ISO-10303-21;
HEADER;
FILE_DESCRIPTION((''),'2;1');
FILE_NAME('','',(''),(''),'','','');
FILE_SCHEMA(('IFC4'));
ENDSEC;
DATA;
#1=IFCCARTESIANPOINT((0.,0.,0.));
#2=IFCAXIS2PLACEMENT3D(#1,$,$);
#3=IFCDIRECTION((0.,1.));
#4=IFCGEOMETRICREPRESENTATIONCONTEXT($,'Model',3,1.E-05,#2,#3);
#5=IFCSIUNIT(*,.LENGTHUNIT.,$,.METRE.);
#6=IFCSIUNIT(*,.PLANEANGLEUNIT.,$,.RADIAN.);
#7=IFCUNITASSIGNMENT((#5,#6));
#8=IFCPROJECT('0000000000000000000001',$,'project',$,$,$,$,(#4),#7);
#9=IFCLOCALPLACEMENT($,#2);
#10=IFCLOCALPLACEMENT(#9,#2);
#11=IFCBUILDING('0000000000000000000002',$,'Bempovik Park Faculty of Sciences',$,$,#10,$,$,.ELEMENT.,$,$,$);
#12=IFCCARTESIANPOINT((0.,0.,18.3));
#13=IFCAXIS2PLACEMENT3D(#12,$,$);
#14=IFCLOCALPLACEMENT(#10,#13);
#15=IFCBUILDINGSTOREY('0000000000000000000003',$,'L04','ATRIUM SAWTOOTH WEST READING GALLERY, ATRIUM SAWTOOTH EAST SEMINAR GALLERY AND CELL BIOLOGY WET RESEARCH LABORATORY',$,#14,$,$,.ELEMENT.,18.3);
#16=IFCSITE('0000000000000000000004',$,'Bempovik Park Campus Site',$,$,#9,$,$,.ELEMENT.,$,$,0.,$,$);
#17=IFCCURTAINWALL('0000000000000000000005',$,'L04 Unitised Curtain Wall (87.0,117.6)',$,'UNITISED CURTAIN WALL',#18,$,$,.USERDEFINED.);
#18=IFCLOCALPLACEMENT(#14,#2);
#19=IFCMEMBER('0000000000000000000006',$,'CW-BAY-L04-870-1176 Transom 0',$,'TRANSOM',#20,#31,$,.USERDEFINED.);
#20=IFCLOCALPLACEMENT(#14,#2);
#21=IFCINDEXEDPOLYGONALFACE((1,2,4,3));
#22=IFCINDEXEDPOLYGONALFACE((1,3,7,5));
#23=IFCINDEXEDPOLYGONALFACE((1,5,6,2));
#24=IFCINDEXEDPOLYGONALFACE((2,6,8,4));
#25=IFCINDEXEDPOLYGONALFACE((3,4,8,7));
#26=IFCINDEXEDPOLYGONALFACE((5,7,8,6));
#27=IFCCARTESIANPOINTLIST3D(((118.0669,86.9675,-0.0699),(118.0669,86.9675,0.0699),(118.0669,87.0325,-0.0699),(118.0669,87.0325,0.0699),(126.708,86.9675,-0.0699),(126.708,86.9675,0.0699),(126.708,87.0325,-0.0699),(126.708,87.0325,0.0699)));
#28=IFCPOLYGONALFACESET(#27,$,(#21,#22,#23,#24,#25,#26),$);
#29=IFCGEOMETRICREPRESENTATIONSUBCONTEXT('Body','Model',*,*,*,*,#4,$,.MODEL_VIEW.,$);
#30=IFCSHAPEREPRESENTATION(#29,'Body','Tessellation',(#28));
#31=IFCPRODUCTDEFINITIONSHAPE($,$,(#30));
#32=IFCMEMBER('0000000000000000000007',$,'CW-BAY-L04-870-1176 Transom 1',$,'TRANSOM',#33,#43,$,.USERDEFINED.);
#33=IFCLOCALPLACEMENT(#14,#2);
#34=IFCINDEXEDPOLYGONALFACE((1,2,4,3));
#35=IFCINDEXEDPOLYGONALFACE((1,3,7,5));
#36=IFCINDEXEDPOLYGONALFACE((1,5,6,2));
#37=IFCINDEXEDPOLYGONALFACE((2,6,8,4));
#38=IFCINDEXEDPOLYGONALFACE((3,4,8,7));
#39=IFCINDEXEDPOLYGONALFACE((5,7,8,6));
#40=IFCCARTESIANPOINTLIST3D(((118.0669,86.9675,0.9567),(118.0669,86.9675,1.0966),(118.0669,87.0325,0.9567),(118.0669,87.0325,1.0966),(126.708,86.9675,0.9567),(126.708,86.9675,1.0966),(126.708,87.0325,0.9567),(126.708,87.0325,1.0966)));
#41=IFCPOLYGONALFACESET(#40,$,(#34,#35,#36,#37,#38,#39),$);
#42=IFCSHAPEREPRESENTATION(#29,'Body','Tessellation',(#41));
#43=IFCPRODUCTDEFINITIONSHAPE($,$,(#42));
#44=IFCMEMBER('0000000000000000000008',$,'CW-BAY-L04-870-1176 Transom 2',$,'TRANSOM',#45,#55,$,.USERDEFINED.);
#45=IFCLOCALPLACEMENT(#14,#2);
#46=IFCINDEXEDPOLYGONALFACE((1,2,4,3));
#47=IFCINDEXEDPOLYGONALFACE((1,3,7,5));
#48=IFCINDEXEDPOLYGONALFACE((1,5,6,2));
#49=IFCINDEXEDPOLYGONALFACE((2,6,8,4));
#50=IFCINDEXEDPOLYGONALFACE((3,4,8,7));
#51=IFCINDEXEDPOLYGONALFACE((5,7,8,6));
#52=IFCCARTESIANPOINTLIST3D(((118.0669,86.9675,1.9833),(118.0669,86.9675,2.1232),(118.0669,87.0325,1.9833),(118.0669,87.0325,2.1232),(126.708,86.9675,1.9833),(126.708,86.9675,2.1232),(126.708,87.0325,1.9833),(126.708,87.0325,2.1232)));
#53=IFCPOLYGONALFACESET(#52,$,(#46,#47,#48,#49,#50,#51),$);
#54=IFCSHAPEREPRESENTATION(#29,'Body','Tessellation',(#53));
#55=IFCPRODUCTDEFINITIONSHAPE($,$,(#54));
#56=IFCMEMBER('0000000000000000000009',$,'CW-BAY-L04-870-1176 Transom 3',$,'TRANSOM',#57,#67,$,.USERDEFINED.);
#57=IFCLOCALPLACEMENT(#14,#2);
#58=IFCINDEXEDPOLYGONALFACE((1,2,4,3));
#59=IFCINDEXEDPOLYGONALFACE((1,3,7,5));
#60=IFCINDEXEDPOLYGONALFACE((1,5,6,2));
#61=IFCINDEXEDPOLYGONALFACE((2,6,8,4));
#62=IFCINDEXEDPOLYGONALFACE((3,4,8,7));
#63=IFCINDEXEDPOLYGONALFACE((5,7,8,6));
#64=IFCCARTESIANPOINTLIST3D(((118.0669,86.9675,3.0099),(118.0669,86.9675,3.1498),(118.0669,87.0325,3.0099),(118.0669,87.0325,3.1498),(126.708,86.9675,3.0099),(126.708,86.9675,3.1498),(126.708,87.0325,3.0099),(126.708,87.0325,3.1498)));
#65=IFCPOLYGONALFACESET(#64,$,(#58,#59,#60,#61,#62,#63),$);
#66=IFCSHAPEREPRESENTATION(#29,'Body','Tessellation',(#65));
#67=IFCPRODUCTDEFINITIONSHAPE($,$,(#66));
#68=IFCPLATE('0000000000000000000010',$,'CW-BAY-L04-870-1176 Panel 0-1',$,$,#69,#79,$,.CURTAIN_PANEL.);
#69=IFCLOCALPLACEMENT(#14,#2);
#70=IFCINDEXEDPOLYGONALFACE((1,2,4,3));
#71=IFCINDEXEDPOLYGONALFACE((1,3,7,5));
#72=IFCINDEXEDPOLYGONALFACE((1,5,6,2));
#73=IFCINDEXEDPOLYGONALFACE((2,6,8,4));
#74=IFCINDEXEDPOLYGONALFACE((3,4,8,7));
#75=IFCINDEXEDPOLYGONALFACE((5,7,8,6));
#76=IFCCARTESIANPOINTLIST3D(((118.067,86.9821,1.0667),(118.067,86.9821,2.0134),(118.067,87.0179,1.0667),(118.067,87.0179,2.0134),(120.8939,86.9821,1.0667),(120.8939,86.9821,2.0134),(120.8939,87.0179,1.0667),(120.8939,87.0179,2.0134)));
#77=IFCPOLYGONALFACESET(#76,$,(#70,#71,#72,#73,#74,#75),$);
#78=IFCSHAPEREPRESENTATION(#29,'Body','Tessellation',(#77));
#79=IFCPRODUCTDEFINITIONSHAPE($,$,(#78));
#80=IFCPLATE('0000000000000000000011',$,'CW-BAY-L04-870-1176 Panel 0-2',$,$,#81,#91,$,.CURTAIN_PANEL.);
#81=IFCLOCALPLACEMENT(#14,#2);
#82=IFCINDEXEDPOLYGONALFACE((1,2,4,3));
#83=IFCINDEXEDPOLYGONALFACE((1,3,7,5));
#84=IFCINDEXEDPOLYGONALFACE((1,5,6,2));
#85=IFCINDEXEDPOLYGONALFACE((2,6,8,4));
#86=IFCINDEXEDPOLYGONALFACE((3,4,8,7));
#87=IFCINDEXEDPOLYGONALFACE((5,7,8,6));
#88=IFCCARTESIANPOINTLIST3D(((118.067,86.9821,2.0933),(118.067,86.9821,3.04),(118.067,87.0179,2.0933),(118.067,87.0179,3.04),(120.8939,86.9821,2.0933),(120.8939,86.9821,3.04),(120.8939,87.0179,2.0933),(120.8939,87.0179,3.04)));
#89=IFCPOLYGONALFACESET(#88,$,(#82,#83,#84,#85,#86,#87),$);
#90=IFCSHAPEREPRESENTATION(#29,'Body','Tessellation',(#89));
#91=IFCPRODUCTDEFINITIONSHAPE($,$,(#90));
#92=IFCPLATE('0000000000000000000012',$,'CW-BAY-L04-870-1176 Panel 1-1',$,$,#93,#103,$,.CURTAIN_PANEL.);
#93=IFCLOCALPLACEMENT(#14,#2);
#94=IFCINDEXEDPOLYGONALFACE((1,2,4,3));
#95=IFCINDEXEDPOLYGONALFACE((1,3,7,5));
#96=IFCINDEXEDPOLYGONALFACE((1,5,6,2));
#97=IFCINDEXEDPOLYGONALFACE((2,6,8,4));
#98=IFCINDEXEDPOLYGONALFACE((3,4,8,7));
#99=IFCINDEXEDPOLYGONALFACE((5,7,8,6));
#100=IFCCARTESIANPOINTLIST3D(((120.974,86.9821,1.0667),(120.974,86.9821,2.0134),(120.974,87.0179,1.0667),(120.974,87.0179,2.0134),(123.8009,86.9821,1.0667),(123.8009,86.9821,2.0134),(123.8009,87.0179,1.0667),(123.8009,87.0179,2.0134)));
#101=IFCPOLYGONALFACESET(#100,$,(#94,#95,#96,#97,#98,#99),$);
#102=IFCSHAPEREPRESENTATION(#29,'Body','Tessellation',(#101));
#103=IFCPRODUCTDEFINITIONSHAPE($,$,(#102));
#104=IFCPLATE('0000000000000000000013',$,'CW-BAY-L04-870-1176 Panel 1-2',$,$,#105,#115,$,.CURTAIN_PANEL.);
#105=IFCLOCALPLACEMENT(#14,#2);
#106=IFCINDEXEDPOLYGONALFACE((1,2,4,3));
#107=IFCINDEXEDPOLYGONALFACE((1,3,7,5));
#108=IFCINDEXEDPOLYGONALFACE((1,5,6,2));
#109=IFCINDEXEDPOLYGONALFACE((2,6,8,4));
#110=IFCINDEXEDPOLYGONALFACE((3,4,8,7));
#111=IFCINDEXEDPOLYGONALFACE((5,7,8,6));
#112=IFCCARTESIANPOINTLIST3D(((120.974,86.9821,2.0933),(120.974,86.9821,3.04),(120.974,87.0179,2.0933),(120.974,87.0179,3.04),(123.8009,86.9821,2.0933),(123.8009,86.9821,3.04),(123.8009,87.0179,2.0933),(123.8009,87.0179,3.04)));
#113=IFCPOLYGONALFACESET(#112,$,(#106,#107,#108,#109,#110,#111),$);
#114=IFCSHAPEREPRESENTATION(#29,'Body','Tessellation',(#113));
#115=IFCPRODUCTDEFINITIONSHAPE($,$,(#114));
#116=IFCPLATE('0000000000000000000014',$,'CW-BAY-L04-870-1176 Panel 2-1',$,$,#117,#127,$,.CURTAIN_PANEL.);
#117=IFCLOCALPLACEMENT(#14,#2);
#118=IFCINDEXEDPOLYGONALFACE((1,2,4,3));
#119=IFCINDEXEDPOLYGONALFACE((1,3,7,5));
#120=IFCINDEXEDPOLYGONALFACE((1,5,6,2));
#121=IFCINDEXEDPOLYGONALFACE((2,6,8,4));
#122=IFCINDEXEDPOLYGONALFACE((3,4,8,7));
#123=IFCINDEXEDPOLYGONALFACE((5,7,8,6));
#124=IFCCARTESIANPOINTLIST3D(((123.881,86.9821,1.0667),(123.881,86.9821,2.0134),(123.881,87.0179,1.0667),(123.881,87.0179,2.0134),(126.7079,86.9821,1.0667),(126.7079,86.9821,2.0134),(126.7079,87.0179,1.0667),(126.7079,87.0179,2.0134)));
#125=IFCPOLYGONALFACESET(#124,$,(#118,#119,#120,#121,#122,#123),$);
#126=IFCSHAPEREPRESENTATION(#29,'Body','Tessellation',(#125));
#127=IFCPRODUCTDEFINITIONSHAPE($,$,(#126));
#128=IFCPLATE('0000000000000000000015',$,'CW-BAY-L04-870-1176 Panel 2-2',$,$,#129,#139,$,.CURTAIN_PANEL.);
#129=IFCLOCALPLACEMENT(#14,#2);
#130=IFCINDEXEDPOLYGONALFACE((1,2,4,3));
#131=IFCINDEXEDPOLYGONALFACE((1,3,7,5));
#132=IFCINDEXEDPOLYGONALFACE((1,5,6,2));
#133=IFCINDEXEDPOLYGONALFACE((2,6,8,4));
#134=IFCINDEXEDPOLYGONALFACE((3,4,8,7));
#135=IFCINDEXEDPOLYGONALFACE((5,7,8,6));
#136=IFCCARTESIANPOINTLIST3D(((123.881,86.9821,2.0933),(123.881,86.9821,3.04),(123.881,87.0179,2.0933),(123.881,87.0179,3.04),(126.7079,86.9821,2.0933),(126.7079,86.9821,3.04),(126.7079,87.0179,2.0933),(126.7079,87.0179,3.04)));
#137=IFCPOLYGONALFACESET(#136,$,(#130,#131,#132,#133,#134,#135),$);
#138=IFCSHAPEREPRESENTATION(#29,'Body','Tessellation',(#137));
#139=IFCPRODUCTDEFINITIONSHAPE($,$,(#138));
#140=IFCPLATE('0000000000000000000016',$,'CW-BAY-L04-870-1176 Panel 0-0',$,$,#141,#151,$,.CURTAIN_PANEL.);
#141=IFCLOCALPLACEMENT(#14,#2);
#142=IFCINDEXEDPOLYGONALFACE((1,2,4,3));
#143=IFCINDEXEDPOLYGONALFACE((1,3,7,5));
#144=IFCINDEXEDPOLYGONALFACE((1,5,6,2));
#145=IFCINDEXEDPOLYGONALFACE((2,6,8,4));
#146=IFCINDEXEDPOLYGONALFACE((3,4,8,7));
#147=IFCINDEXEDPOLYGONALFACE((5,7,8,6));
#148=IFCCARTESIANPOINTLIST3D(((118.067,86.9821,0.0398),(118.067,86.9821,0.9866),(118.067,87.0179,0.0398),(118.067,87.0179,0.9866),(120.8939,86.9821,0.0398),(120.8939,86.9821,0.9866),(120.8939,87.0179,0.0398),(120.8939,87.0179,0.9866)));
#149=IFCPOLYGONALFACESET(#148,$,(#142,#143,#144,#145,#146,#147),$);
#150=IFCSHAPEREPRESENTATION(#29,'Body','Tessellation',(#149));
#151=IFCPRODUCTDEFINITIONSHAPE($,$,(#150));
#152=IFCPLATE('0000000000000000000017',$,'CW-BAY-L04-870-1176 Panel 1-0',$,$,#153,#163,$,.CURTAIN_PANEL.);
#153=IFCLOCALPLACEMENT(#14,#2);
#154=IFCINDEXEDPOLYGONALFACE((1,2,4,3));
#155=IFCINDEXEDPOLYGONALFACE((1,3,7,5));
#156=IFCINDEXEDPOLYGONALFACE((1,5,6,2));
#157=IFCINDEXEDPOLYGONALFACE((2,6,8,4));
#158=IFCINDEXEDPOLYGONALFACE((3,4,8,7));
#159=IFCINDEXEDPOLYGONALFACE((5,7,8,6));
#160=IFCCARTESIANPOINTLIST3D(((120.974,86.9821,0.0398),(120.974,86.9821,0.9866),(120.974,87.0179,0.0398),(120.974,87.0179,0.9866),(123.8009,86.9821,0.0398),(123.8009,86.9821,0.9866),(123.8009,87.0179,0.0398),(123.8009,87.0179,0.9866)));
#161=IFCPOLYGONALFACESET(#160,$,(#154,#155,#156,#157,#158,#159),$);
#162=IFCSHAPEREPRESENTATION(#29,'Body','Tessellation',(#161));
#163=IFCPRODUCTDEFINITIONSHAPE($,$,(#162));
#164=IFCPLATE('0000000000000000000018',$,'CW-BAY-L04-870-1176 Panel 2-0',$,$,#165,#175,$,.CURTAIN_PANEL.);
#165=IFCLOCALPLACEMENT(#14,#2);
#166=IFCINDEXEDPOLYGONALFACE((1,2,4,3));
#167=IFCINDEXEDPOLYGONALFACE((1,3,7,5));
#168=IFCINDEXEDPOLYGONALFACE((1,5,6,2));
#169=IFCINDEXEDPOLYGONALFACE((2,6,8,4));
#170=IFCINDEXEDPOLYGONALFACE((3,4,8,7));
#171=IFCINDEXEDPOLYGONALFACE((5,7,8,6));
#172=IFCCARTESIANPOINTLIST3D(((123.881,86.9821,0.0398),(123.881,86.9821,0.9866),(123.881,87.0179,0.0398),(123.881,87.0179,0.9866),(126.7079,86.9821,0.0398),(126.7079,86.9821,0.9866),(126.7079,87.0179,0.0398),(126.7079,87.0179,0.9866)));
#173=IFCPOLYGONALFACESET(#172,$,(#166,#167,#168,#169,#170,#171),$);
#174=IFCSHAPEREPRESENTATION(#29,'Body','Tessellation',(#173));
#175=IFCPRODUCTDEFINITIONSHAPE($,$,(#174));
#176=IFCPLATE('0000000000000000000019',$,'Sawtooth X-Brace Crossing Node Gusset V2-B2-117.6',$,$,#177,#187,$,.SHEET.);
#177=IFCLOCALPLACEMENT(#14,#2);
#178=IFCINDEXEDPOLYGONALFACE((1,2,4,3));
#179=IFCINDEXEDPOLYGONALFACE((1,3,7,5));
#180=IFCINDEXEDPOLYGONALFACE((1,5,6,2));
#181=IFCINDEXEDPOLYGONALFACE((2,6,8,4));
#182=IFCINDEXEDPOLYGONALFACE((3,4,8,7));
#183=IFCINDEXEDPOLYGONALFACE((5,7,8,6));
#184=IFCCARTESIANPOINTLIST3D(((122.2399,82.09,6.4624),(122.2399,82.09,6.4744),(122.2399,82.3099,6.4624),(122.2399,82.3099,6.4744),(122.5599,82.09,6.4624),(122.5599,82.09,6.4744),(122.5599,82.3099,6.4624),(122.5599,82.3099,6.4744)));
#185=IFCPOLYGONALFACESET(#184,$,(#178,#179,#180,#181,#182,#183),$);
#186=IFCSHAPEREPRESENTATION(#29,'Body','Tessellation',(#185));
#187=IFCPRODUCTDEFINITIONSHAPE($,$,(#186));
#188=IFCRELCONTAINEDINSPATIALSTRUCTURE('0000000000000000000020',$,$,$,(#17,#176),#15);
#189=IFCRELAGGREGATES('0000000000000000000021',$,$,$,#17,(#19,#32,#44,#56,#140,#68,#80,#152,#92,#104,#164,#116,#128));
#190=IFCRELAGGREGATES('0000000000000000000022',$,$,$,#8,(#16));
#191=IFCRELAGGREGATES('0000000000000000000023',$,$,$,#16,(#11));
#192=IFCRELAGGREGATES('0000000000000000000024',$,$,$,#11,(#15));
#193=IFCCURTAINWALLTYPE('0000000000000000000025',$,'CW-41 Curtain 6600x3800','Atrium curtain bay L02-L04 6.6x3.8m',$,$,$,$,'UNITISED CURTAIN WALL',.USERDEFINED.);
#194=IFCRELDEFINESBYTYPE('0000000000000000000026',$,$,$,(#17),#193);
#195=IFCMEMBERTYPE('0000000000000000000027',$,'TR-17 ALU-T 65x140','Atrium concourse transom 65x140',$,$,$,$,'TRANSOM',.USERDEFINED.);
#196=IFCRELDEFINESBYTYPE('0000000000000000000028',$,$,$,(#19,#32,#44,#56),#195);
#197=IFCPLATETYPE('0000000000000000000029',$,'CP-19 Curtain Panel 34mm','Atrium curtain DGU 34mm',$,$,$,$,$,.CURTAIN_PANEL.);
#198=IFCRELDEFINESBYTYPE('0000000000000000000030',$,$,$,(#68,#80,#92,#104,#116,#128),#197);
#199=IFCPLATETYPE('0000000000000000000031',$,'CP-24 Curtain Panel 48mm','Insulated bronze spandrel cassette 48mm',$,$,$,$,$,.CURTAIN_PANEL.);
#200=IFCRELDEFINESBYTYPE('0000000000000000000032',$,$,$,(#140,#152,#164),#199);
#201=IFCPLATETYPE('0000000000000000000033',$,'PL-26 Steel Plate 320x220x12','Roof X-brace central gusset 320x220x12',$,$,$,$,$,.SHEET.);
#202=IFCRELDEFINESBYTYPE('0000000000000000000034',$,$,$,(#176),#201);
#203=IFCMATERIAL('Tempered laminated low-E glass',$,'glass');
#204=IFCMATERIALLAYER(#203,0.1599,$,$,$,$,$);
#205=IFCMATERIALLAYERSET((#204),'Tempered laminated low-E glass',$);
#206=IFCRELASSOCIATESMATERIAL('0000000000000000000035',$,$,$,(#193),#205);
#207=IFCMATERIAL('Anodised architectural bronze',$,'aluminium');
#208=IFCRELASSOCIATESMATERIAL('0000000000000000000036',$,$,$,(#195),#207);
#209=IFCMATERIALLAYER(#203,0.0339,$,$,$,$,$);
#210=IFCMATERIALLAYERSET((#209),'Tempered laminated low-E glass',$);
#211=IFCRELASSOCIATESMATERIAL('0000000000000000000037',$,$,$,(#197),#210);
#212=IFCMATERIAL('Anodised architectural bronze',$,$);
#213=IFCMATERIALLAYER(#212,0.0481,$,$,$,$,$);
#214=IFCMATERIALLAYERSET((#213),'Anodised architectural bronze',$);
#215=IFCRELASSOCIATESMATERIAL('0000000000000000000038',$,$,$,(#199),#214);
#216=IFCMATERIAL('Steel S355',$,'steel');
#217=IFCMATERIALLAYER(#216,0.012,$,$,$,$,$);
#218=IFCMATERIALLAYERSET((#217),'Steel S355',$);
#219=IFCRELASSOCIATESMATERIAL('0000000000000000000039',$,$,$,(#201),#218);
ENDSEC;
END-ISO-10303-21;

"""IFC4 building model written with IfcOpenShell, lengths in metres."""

from ifc_helpers import new_model, si_unit, direction, frame, origin, origin_2d, place, context, subcontext, project, spatial, rectangle, extrude, material, layer, layer_set, material_profile, profile_set, type_object, element, aggregate, save


model = new_model("IFC4")

# Units and contexts
model_context = context("Model", 3, precision=1e-05, world=origin(), true_north=direction((0.0, 1.0)))
body_context = subcontext(model_context, "Body", "Model", "MODEL_VIEW")
ifc_project = project(units=[si_unit("LENGTHUNIT", "METRE"), si_unit("PLANEANGLEUNIT", "RADIAN")], contexts=[model_context])

# Site, building, storey
site_placement = place(None, origin())
site = spatial("IfcSite", under=ifc_project, at=site_placement, Name="Bempovik Park Campus Site", CompositionType="ELEMENT", RefElevation=0.0)
building_placement = place(site_placement, origin())
building = spatial("IfcBuilding", under=site, at=building_placement, Name="Bempovik Park Faculty of Sciences", CompositionType="ELEMENT")
storey_placement = place(building_placement, frame((0.0, 0.0, 18.3)))
storey = spatial("IfcBuildingStorey", under=building, at=storey_placement, Name="L04", Description="ATRIUM SAWTOOTH WEST READING GALLERY, ATRIUM SAWTOOTH EAST SEMINAR GALLERY AND CELL BIOLOGY WET RESEARCH LABORATORY", CompositionType="ELEMENT", Elevation=18.3)

# Shared definitions
ifc_material_1 = material(Name="Steel S355", Category="steel")

# Curtain wall, members, plates
ifc_material_2 = material(Name="Tempered laminated low-E glass", Category="glass")
ifc_layer_1 = layer(ifc_material_2, 0.1599)
ifc_layer_set_1 = layer_set([ifc_layer_1], Name="Tempered laminated low-E glass")
curtain_wall_type = type_object("IfcCurtainWallType", Name="CW-41 Curtain 6600x3800", Description="Atrium curtain bay L02-L04 6.6x3.8m", ElementType="UNITISED CURTAIN WALL", PredefinedType="USERDEFINED", material=ifc_layer_set_1)
curtain_wall_placement = place(storey_placement, origin())
curtain_wall = element("IfcCurtainWall", 1, at=curtain_wall_placement, inside=storey, type_object=curtain_wall_type, Name="L04 Unitised Curtain Wall (87.0,117.6)", ObjectType="UNITISED CURTAIN WALL", PredefinedType="USERDEFINED")
ifc_material_3 = material(Name="Anodised architectural bronze", Category="aluminium")
ifc_material_profile_1 = material_profile(ifc_material_3, rectangle(XDim=0.0649, YDim=0.1399, at=origin_2d()), Name="ALU-T 65x140")
ifc_profile_set_1 = profile_set([ifc_material_profile_1], Name="Anodised architectural bronze")
member_type_1 = type_object("IfcMemberType", Name="TR-17 ALU-T 65x140", Description="Atrium concourse transom 65x140", ElementType="TRANSOM", PredefinedType="USERDEFINED", material=ifc_profile_set_1)
member_1_placement = place(storey_placement, frame((118.0669, 87.0, 0.0), z_axis=(1.0, 0.0, 0.0), x_axis=(0.0, 1.0, 0.0)))
member_1 = element("IfcMember", 2, at=member_1_placement, type_object=member_type_1, Name="CW-BAY-L04-870-1176 Transom 0", ObjectType="TRANSOM", PredefinedType="USERDEFINED", context=body_context, shape_type="SweptSolid", body=[
    extrude(rectangle(XDim=0.0649, YDim=0.1399, at=origin_2d()), origin(), (0.0, 0.0, 1.0), 8.6411),
])
member_2_placement = place(storey_placement, frame((118.0669, 87.0, 1.0266), z_axis=(1.0, 0.0, 0.0), x_axis=(0.0, 1.0, 0.0)))
member_2 = element("IfcMember", 3, at=member_2_placement, type_object=member_type_1, Name="CW-BAY-L04-870-1176 Transom 1", ObjectType="TRANSOM", PredefinedType="USERDEFINED", context=body_context, shape_type="SweptSolid", body=[
    extrude(rectangle(XDim=0.0649, YDim=0.1399, at=origin_2d()), origin(), (0.0, 0.0, 1.0), 8.6411),
])
member_3_placement = place(storey_placement, frame((118.0669, 87.0, 2.0532), z_axis=(1.0, 0.0, 0.0), x_axis=(0.0, 1.0, 0.0)))
member_3 = element("IfcMember", 4, at=member_3_placement, type_object=member_type_1, Name="CW-BAY-L04-870-1176 Transom 2", ObjectType="TRANSOM", PredefinedType="USERDEFINED", context=body_context, shape_type="SweptSolid", body=[
    extrude(rectangle(XDim=0.0649, YDim=0.1399, at=origin_2d()), origin(), (0.0, 0.0, 1.0), 8.6411),
])
member_4_placement = place(storey_placement, frame((118.0669, 87.0, 3.0798), z_axis=(1.0, 0.0, 0.0), x_axis=(0.0, 1.0, 0.0)))
member_4 = element("IfcMember", 5, at=member_4_placement, type_object=member_type_1, Name="CW-BAY-L04-870-1176 Transom 3", ObjectType="TRANSOM", PredefinedType="USERDEFINED", context=body_context, shape_type="SweptSolid", body=[
    extrude(rectangle(XDim=0.0649, YDim=0.1399, at=origin_2d()), origin(), (0.0, 0.0, 1.0), 8.6411),
])
ifc_layer_2 = layer(ifc_material_2, 0.0339)
ifc_layer_set_2 = layer_set([ifc_layer_2], Name="Tempered laminated low-E glass")
plate_type_1 = type_object("IfcPlateType", Name="CP-19 Curtain Panel 34mm", Description="Atrium curtain DGU 34mm", PredefinedType="CURTAIN_PANEL", material=ifc_layer_set_2)
plate_1_placement = place(storey_placement, frame((119.4805, 87.0, 1.0667), z_axis=(0.0, 0.0, 1.0), x_axis=(1.0, 0.0, 0.0)))
plate_1 = element("IfcPlate", 6, at=plate_1_placement, type_object=plate_type_1, Name="CW-BAY-L04-870-1176 Panel 0-1", PredefinedType="CURTAIN_PANEL", context=body_context, shape_type="SweptSolid", body=[
    extrude(rectangle(XDim=2.8269, YDim=0.0359, at=origin_2d()), origin(), (0.0, 0.0, 1.0), 0.9468),
])
plate_2_placement = place(storey_placement, frame((119.4805, 87.0, 2.0933), z_axis=(0.0, 0.0, 1.0), x_axis=(1.0, 0.0, 0.0)))
plate_2 = element("IfcPlate", 7, at=plate_2_placement, type_object=plate_type_1, Name="CW-BAY-L04-870-1176 Panel 0-2", PredefinedType="CURTAIN_PANEL", context=body_context, shape_type="SweptSolid", body=[
    extrude(rectangle(XDim=2.8269, YDim=0.0359, at=origin_2d()), origin(), (0.0, 0.0, 1.0), 0.9468),
])
plate_3_placement = place(storey_placement, frame((122.3875, 87.0, 1.0667), z_axis=(0.0, 0.0, 1.0), x_axis=(1.0, 0.0, 0.0)))
plate_3 = element("IfcPlate", 8, at=plate_3_placement, type_object=plate_type_1, Name="CW-BAY-L04-870-1176 Panel 1-1", PredefinedType="CURTAIN_PANEL", context=body_context, shape_type="SweptSolid", body=[
    extrude(rectangle(XDim=2.8269, YDim=0.0359, at=origin_2d()), origin(), (0.0, 0.0, 1.0), 0.9468),
])
plate_4_placement = place(storey_placement, frame((122.3875, 87.0, 2.0933), z_axis=(0.0, 0.0, 1.0), x_axis=(1.0, 0.0, 0.0)))
plate_4 = element("IfcPlate", 9, at=plate_4_placement, type_object=plate_type_1, Name="CW-BAY-L04-870-1176 Panel 1-2", PredefinedType="CURTAIN_PANEL", context=body_context, shape_type="SweptSolid", body=[
    extrude(rectangle(XDim=2.8269, YDim=0.0359, at=origin_2d()), origin(), (0.0, 0.0, 1.0), 0.9468),
])
plate_5_placement = place(storey_placement, frame((125.2944, 87.0, 1.0667), z_axis=(0.0, 0.0, 1.0), x_axis=(1.0, 0.0, 0.0)))
plate_5 = element("IfcPlate", 10, at=plate_5_placement, type_object=plate_type_1, Name="CW-BAY-L04-870-1176 Panel 2-1", PredefinedType="CURTAIN_PANEL", context=body_context, shape_type="SweptSolid", body=[
    extrude(rectangle(XDim=2.8269, YDim=0.0359, at=origin_2d()), origin(), (0.0, 0.0, 1.0), 0.9468),
])
plate_6_placement = place(storey_placement, frame((125.2944, 87.0, 2.0933), z_axis=(0.0, 0.0, 1.0), x_axis=(1.0, 0.0, 0.0)))
plate_6 = element("IfcPlate", 11, at=plate_6_placement, type_object=plate_type_1, Name="CW-BAY-L04-870-1176 Panel 2-2", PredefinedType="CURTAIN_PANEL", context=body_context, shape_type="SweptSolid", body=[
    extrude(rectangle(XDim=2.8269, YDim=0.0359, at=origin_2d()), origin(), (0.0, 0.0, 1.0), 0.9468),
])
ifc_material_4 = material(Name="Anodised architectural bronze")
ifc_layer_3 = layer(ifc_material_4, 0.0481)
ifc_layer_set_3 = layer_set([ifc_layer_3], Name="Anodised architectural bronze")
plate_type_2 = type_object("IfcPlateType", Name="CP-24 Curtain Panel 48mm", Description="Insulated bronze spandrel cassette 48mm", PredefinedType="CURTAIN_PANEL", material=ifc_layer_set_3)
plate_7_placement = place(storey_placement, frame((119.4805, 87.0, 0.0398), z_axis=(0.0, 0.0, 1.0), x_axis=(1.0, 0.0, 0.0)))
plate_7 = element("IfcPlate", 12, at=plate_7_placement, type_object=plate_type_2, Name="CW-BAY-L04-870-1176 Panel 0-0", PredefinedType="CURTAIN_PANEL", context=body_context, shape_type="SweptSolid", body=[
    extrude(rectangle(XDim=2.8269, YDim=0.0359, at=origin_2d()), origin(), (0.0, 0.0, 1.0), 0.9468),
])
plate_8_placement = place(storey_placement, frame((122.3875, 87.0, 0.0398), z_axis=(0.0, 0.0, 1.0), x_axis=(1.0, 0.0, 0.0)))
plate_8 = element("IfcPlate", 13, at=plate_8_placement, type_object=plate_type_2, Name="CW-BAY-L04-870-1176 Panel 1-0", PredefinedType="CURTAIN_PANEL", context=body_context, shape_type="SweptSolid", body=[
    extrude(rectangle(XDim=2.8269, YDim=0.0359, at=origin_2d()), origin(), (0.0, 0.0, 1.0), 0.9468),
])
plate_9_placement = place(storey_placement, frame((125.2944, 87.0, 0.0398), z_axis=(0.0, 0.0, 1.0), x_axis=(1.0, 0.0, 0.0)))
plate_9 = element("IfcPlate", 14, at=plate_9_placement, type_object=plate_type_2, Name="CW-BAY-L04-870-1176 Panel 2-0", PredefinedType="CURTAIN_PANEL", context=body_context, shape_type="SweptSolid", body=[
    extrude(rectangle(XDim=2.8269, YDim=0.0359, at=origin_2d()), origin(), (0.0, 0.0, 1.0), 0.9468),
])
aggregate(curtain_wall, [member_1, member_2, member_3, member_4, plate_7, plate_1, plate_2, plate_8, plate_3, plate_4, plate_9, plate_5, plate_6])

# Plate
ifc_layer_4 = layer(ifc_material_1, 0.012)
ifc_layer_set_4 = layer_set([ifc_layer_4], Name="Steel S355")
plate_type_3 = type_object("IfcPlateType", Name="PL-26 Steel Plate 320x220x12", Description="Roof X-brace central gusset 320x220x12", PredefinedType="SHEET", material=ifc_layer_set_4)
plate_10_placement = place(storey_placement, frame((122.3999, 82.2, 6.4624), z_axis=(0.0, 0.0, 1.0), x_axis=(1.0, 0.0, 0.0)))
element("IfcPlate", 15, at=plate_10_placement, inside=storey, type_object=plate_type_3, Name="Sawtooth X-Brace Crossing Node Gusset V2-B2-117.6", PredefinedType="SHEET", context=body_context, shape_type="SweptSolid", body=[
    extrude(rectangle(XDim=0.3201, YDim=0.22, at=origin_2d()), origin(), (0.0, 0.0, 1.0), 0.012),
])

save(model, "model.ifc")
